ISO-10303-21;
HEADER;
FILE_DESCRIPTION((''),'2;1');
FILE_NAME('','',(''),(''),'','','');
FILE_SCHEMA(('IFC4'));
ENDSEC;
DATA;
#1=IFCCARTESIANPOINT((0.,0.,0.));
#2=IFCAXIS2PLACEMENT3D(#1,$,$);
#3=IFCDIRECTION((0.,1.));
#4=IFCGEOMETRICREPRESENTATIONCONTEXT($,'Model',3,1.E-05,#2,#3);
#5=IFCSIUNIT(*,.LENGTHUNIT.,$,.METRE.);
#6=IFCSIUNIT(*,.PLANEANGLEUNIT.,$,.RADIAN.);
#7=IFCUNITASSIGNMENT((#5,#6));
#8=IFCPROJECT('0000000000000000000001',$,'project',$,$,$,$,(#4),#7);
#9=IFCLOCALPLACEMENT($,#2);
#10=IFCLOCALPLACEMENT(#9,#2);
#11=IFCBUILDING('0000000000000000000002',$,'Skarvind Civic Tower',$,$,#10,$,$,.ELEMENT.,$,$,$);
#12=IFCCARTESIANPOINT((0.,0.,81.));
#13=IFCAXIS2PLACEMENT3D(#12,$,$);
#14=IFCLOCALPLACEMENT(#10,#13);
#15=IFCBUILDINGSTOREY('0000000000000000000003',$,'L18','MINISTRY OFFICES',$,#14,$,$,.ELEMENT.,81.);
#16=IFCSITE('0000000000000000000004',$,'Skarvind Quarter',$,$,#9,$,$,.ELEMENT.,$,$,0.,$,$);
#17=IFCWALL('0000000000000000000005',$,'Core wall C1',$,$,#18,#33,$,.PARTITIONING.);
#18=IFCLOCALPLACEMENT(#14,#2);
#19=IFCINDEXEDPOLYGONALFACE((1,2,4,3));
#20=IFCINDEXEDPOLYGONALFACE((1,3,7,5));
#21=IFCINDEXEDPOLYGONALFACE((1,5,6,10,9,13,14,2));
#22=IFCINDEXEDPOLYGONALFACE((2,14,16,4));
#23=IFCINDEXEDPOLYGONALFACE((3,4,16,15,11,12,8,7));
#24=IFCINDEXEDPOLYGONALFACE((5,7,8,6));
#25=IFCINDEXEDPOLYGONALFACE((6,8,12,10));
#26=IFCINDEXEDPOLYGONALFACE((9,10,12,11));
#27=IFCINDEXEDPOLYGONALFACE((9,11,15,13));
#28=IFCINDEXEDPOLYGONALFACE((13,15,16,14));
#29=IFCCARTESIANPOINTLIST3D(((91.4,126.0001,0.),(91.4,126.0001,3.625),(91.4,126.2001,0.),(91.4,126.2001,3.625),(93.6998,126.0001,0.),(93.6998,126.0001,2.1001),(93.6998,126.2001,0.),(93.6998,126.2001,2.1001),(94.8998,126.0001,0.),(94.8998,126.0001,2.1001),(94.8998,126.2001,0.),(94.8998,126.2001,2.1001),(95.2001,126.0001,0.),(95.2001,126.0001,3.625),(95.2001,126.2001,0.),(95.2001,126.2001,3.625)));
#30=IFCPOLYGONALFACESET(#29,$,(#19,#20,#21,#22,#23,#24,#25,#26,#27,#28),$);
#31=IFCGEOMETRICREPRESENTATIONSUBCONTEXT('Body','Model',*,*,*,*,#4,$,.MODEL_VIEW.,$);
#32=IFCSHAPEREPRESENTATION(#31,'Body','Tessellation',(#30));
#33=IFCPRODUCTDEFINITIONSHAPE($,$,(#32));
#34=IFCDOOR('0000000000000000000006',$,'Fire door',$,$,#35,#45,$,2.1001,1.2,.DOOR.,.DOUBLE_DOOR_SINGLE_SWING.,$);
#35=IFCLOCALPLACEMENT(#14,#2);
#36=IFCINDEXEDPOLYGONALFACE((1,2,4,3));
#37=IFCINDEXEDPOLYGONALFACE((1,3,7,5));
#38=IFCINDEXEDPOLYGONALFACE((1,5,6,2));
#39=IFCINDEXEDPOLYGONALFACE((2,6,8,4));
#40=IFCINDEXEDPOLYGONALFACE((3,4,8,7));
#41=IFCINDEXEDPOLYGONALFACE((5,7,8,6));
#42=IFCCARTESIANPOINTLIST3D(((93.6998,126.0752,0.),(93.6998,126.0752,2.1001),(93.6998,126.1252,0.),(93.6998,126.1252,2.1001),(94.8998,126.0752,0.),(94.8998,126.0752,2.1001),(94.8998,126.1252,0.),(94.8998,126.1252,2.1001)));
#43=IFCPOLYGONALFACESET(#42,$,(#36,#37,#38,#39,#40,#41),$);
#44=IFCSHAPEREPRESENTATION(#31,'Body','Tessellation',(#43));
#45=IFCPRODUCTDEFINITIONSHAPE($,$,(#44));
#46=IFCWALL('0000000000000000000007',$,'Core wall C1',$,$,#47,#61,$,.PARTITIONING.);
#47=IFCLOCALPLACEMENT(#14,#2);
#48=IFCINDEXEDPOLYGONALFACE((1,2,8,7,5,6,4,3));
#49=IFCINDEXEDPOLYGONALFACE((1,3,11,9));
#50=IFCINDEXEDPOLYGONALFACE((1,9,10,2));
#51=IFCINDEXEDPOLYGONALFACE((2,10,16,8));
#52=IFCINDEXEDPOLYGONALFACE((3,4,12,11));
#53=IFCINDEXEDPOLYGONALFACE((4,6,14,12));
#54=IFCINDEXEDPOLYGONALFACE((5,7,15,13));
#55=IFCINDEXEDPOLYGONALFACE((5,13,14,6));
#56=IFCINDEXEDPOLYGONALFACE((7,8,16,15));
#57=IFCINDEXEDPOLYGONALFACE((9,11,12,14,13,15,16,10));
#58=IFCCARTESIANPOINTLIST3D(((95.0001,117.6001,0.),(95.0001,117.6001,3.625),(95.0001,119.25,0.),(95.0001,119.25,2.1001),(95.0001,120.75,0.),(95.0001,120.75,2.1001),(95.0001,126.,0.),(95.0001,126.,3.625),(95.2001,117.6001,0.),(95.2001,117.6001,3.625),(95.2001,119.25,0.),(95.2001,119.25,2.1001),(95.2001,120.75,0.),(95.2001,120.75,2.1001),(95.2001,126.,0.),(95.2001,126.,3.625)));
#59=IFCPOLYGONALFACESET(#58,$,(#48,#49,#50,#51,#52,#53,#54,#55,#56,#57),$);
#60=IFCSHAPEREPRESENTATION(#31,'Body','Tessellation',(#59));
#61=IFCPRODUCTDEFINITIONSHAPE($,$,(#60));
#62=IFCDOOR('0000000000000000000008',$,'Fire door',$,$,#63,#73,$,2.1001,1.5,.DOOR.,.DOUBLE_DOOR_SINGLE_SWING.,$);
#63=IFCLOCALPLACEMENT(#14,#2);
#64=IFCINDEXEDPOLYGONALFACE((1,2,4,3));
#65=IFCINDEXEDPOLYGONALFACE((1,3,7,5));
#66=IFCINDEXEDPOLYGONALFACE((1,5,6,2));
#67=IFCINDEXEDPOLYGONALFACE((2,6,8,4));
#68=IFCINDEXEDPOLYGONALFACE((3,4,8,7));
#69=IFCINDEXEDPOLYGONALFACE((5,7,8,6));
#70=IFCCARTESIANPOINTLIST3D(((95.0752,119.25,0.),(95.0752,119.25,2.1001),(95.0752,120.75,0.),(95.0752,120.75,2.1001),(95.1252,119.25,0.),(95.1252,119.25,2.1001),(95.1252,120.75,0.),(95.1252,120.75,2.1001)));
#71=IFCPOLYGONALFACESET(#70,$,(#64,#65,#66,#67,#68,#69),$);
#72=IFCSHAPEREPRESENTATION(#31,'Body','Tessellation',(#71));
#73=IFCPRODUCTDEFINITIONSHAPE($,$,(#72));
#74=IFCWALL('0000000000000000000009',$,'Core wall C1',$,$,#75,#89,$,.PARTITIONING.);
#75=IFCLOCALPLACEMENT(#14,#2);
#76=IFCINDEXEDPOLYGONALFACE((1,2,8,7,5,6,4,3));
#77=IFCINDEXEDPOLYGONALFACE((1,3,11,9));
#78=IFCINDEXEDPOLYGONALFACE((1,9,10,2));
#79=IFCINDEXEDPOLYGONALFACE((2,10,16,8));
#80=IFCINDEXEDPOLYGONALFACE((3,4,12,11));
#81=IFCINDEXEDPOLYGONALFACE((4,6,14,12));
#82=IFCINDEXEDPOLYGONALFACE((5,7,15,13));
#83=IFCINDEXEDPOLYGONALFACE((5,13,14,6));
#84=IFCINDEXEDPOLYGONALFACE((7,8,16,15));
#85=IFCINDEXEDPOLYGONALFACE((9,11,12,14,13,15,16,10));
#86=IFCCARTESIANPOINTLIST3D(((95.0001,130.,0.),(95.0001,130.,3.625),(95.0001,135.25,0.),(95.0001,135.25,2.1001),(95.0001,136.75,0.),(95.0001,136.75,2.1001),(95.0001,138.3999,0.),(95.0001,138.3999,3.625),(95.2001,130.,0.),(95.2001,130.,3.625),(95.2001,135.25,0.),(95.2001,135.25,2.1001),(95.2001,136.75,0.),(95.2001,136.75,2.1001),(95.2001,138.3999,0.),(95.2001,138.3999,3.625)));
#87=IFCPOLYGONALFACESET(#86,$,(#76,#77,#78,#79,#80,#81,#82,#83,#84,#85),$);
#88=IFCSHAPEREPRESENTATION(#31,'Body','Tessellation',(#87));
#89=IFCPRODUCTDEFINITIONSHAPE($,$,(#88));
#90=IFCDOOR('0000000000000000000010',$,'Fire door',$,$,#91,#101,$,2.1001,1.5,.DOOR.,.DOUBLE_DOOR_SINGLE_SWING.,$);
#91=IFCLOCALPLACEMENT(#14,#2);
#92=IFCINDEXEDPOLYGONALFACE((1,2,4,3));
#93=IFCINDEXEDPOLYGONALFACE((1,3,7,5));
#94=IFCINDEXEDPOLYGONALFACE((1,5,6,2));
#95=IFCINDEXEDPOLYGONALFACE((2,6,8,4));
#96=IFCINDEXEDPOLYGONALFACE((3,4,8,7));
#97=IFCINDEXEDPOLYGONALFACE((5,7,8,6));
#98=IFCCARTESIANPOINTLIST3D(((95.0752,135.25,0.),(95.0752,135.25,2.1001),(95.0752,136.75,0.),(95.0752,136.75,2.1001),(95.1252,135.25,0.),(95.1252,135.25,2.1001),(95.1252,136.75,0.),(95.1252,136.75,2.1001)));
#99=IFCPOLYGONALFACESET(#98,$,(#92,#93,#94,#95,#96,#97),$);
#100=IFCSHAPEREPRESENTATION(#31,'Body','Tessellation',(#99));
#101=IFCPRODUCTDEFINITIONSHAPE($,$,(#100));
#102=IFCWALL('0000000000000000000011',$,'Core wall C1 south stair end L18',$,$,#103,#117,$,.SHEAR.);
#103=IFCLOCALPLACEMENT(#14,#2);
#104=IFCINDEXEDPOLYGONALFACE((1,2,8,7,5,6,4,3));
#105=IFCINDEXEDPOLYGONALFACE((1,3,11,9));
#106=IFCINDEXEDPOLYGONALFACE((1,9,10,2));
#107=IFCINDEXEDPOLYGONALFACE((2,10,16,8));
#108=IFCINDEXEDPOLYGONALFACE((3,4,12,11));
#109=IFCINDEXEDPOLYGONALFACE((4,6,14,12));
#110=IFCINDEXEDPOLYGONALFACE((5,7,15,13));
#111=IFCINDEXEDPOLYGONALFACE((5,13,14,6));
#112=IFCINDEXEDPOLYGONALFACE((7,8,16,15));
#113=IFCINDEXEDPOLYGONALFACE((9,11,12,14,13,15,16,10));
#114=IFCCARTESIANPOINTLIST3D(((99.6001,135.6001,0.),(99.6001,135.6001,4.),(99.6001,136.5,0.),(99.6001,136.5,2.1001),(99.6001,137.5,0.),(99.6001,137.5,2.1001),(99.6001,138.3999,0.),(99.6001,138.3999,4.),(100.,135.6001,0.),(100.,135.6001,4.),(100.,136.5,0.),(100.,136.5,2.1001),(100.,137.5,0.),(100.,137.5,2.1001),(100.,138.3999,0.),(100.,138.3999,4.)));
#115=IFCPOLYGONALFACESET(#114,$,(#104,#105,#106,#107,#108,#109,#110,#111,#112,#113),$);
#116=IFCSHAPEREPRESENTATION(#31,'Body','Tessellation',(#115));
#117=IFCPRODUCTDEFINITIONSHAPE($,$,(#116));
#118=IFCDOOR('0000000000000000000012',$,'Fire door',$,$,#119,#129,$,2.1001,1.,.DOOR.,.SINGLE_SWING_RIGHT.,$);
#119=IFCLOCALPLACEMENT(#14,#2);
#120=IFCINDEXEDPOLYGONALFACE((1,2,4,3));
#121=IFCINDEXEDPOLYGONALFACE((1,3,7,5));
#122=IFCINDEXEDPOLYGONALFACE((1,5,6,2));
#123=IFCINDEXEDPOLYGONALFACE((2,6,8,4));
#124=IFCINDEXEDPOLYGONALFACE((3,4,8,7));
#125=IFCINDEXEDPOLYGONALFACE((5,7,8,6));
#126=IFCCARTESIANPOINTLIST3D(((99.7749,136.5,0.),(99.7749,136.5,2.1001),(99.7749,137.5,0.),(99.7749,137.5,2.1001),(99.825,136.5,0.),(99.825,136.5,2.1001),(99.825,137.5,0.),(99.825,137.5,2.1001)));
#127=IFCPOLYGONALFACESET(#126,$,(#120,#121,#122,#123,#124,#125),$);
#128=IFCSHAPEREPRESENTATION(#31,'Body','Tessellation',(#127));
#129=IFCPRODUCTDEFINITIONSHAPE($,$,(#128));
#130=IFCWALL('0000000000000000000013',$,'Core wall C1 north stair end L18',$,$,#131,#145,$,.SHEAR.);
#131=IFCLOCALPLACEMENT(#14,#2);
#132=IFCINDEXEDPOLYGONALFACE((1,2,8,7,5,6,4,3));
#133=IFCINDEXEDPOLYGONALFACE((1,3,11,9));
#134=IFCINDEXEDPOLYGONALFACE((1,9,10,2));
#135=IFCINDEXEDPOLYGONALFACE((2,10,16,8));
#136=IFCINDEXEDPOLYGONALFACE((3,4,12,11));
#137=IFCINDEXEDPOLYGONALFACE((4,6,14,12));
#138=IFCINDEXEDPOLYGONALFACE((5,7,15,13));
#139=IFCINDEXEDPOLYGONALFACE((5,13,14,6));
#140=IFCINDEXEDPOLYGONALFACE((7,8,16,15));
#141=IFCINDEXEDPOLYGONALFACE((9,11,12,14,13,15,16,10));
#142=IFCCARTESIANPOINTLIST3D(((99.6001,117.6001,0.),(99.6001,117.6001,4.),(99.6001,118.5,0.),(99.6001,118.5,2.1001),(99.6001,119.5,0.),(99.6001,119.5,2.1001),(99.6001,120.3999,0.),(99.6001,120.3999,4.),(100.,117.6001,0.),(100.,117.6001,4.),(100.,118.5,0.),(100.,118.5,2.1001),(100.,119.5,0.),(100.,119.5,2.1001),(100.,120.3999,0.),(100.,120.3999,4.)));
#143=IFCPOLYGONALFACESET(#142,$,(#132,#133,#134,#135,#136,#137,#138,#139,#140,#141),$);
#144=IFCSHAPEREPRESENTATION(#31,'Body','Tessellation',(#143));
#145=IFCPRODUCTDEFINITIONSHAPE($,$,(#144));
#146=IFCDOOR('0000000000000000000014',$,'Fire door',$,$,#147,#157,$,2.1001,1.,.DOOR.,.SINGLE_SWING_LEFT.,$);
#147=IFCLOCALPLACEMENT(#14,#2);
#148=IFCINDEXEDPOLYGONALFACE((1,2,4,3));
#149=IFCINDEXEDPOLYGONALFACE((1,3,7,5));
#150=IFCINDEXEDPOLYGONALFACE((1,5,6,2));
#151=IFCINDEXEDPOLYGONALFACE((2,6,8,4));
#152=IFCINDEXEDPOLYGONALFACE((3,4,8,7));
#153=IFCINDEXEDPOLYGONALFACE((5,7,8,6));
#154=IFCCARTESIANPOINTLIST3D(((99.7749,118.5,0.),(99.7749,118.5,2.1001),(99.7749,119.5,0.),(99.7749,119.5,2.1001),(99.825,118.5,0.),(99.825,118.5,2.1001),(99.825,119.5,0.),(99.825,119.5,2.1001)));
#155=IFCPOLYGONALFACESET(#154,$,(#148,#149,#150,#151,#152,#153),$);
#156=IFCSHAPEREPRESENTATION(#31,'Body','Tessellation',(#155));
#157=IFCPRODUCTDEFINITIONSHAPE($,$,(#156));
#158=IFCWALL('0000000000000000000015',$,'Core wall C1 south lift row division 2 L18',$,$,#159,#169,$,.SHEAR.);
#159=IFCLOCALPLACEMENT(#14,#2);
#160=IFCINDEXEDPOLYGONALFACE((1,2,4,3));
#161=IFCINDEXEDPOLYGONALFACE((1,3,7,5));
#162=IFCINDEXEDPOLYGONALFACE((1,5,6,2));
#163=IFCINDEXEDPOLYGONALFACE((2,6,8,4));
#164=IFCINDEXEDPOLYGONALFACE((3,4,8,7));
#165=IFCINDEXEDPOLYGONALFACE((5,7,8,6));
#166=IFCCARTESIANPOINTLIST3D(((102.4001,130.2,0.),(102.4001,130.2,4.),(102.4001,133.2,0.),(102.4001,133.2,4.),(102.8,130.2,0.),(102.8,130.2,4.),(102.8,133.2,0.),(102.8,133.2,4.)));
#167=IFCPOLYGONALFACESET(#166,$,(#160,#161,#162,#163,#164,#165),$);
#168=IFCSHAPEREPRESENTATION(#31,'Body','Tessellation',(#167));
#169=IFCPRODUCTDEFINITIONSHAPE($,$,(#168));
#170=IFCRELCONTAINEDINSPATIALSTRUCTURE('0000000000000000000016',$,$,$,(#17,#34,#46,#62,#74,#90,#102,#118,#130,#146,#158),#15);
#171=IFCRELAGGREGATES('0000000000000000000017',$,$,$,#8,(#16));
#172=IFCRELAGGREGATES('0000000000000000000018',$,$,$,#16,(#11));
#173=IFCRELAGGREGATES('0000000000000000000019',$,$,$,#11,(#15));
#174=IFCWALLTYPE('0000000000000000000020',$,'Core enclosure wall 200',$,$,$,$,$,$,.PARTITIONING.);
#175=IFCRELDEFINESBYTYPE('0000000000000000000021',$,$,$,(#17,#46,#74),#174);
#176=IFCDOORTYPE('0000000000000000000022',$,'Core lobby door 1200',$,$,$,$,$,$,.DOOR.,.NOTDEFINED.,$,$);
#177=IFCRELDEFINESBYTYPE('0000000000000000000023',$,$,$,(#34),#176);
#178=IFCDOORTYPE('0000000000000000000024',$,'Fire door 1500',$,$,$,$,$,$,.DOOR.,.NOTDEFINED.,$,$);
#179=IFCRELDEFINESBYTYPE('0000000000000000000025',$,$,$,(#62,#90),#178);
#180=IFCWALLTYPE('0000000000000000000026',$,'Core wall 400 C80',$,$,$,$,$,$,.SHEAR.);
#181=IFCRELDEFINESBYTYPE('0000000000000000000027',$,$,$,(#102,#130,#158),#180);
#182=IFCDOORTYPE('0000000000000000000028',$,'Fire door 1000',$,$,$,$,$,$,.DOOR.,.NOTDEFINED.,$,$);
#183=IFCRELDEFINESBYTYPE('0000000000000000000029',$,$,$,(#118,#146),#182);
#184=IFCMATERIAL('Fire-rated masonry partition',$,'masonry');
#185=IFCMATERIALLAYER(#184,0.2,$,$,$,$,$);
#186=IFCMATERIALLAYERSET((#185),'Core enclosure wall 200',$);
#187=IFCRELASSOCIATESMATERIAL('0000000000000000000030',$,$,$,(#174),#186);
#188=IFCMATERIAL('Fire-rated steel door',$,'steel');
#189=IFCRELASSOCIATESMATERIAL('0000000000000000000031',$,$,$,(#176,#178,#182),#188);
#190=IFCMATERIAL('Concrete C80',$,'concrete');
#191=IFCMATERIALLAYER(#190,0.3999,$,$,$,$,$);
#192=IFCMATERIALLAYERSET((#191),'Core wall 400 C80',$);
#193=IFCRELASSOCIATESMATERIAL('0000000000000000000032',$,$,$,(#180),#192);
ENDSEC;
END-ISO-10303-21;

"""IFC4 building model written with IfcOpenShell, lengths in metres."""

from ifc_helpers import new_model, si_unit, direction, frame, frame_2d, origin, place, context, subcontext, project, spatial, rectangle, extrude, material, layer, layer_set, type_object, element, fill, save


model = new_model("IFC4")

# Units and contexts
model_context = context("Model", 3, precision=1e-05, world=origin(), true_north=direction((0.0, 1.0)))
body_context = subcontext(model_context, "Body", "Model", "MODEL_VIEW")
ifc_project = project(units=[si_unit("LENGTHUNIT", "METRE"), si_unit("PLANEANGLEUNIT", "RADIAN")], contexts=[model_context])

# Site, building, storey
site_placement = place(None, origin())
site = spatial("IfcSite", under=ifc_project, at=site_placement, Name="Skarvind Quarter", CompositionType="ELEMENT", RefElevation=0.0)
building_placement = place(site_placement, origin())
building = spatial("IfcBuilding", under=site, at=building_placement, Name="Skarvind Civic Tower", CompositionType="ELEMENT")
storey_placement = place(building_placement, frame((0.0, 0.0, 81.0)))
storey = spatial("IfcBuildingStorey", under=building, at=storey_placement, Name="L18", Description="MINISTRY OFFICES", CompositionType="ELEMENT", Elevation=81.0)

# Walls, openings, doors
ifc_material_1 = material(Name="Fire-rated masonry partition", Category="masonry")
ifc_layer_1 = layer(ifc_material_1, 0.2)
ifc_layer_set_1 = layer_set([ifc_layer_1], Name="Core enclosure wall 200")
wall_type_1 = type_object("IfcWallType", Name="Core enclosure wall 200", PredefinedType="PARTITIONING", material=ifc_layer_set_1)
wall_1_placement = place(storey_placement, frame((95.2, 126.1001, 0.0), z_axis=(0.0, 0.0, 1.0), x_axis=(-1.0, 0.0, 0.0)))
wall_1 = element("IfcWall", 1, at=wall_1_placement, inside=storey, type_object=wall_type_1, Name="Core wall C1", PredefinedType="PARTITIONING", context=body_context, shape_type="SweptSolid", body=[
    extrude(rectangle(XDim=3.8, YDim=0.2, at=frame_2d((1.8999, 0.0))), origin(), (0.0, 0.0, 1.0), 3.625),
])
opening_1_placement = place(wall_1_placement, frame((0.3, 0.0, 0.0)))
opening_1 = element("IfcOpeningElement", 2, at=opening_1_placement, cuts=wall_1, PredefinedType="OPENING", context=body_context, shape_type="SweptSolid", body=[
    extrude(rectangle(XDim=1.2, YDim=2.1001, at=frame_2d((0.6001, 1.05))), frame((0.0, 0.1099, 0.0), z_axis=(0.0, -1.0, 0.0), x_axis=(1.0, 0.0, 0.0)), (0.0, 0.0, 1.0), 0.22),
])
ifc_material_2 = material(Name="Fire-rated steel door", Category="steel")
door_type_1 = type_object("IfcDoorType", Name="Core lobby door 1200", OperationType="NOTDEFINED", PredefinedType="DOOR", material=ifc_material_2)
door_1_placement = place(opening_1_placement, origin())
door_1 = element("IfcDoor", 3, at=door_1_placement, inside=storey, type_object=door_type_1, Name="Fire door", OperationType="DOUBLE_DOOR_SINGLE_SWING", OverallHeight=2.1001, OverallWidth=1.2, PredefinedType="DOOR", context=body_context, shape_type="SweptSolid", body=[
    extrude(rectangle(XDim=1.2, YDim=2.1001, at=frame_2d((0.6001, 1.05))), frame((0.0, 0.0249, 0.0), z_axis=(0.0, -1.0, 0.0), x_axis=(1.0, 0.0, 0.0)), (0.0, 0.0, 1.0), 0.05),
])
fill(opening_1, door_1)
wall_2_placement = place(storey_placement, frame((95.1001, 117.6001, 0.0), z_axis=(0.0, 0.0, 1.0), x_axis=(0.0, 1.0, 0.0)))
wall_2 = element("IfcWall", 4, at=wall_2_placement, inside=storey, type_object=wall_type_1, Name="Core wall C1", PredefinedType="PARTITIONING", context=body_context, shape_type="SweptSolid", body=[
    extrude(rectangle(XDim=8.3999, YDim=0.2, at=frame_2d((4.2, 0.0))), origin(), (0.0, 0.0, 1.0), 3.625),
])
opening_2_placement = place(wall_2_placement, frame((1.6499, 0.0, 0.0)))
opening_2 = element("IfcOpeningElement", 5, at=opening_2_placement, cuts=wall_2, PredefinedType="OPENING", context=body_context, shape_type="SweptSolid", body=[
    extrude(rectangle(XDim=1.5, YDim=2.1001, at=frame_2d((0.75, 1.05))), frame((0.0, 0.1099, 0.0), z_axis=(0.0, -1.0, 0.0), x_axis=(1.0, 0.0, 0.0)), (0.0, 0.0, 1.0), 0.22),
])
door_type_2 = type_object("IfcDoorType", Name="Fire door 1500", OperationType="NOTDEFINED", PredefinedType="DOOR", material=ifc_material_2)
door_2_placement = place(opening_2_placement, origin())
door_2 = element("IfcDoor", 6, at=door_2_placement, inside=storey, type_object=door_type_2, Name="Fire door", OperationType="DOUBLE_DOOR_SINGLE_SWING", OverallHeight=2.1001, OverallWidth=1.5, PredefinedType="DOOR", context=body_context, shape_type="SweptSolid", body=[
    extrude(rectangle(XDim=1.5, YDim=2.1001, at=frame_2d((0.75, 1.05))), frame((0.0, 0.0249, 0.0), z_axis=(0.0, -1.0, 0.0), x_axis=(1.0, 0.0, 0.0)), (0.0, 0.0, 1.0), 0.05),
])
fill(opening_2, door_2)
wall_3_placement = place(storey_placement, frame((95.1001, 130.0, 0.0), z_axis=(0.0, 0.0, 1.0), x_axis=(0.0, 1.0, 0.0)))
wall_3 = element("IfcWall", 7, at=wall_3_placement, inside=storey, type_object=wall_type_1, Name="Core wall C1", PredefinedType="PARTITIONING", context=body_context, shape_type="SweptSolid", body=[
    extrude(rectangle(XDim=8.3999, YDim=0.2, at=frame_2d((4.2, 0.0))), origin(), (0.0, 0.0, 1.0), 3.625),
])
opening_3_placement = place(wall_3_placement, frame((5.25, 0.0, 0.0)))
opening_3 = element("IfcOpeningElement", 8, at=opening_3_placement, cuts=wall_3, PredefinedType="OPENING", context=body_context, shape_type="SweptSolid", body=[
    extrude(rectangle(XDim=1.5, YDim=2.1001, at=frame_2d((0.75, 1.05))), frame((0.0, 0.1099, 0.0), z_axis=(0.0, -1.0, 0.0), x_axis=(1.0, 0.0, 0.0)), (0.0, 0.0, 1.0), 0.22),
])
door_3_placement = place(opening_3_placement, origin())
door_3 = element("IfcDoor", 9, at=door_3_placement, inside=storey, type_object=door_type_2, Name="Fire door", OperationType="DOUBLE_DOOR_SINGLE_SWING", OverallHeight=2.1001, OverallWidth=1.5, PredefinedType="DOOR", context=body_context, shape_type="SweptSolid", body=[
    extrude(rectangle(XDim=1.5, YDim=2.1001, at=frame_2d((0.75, 1.05))), frame((0.0, 0.0249, 0.0), z_axis=(0.0, -1.0, 0.0), x_axis=(1.0, 0.0, 0.0)), (0.0, 0.0, 1.0), 0.05),
])
fill(opening_3, door_3)
ifc_material_3 = material(Name="Concrete C80", Category="concrete")
ifc_layer_2 = layer(ifc_material_3, 0.3999)
ifc_layer_set_2 = layer_set([ifc_layer_2], Name="Core wall 400 C80")
wall_type_2 = type_object("IfcWallType", Name="Core wall 400 C80", PredefinedType="SHEAR", material=ifc_layer_set_2)
wall_4_placement = place(storey_placement, frame((99.8, 138.3999, 0.0), z_axis=(0.0, 0.0, 1.0), x_axis=(0.0, -1.0, 0.0)))
wall_4 = element("IfcWall", 10, at=wall_4_placement, inside=storey, type_object=wall_type_2, Name="Core wall C1 south stair end L18", PredefinedType="SHEAR", context=body_context, shape_type="SweptSolid", body=[
    extrude(rectangle(XDim=2.7998, YDim=0.3999, at=frame_2d((1.3999, 0.0))), origin(), (0.0, 0.0, 1.0), 4.0),
])
opening_4_placement = place(wall_4_placement, frame((0.8999, 0.0, 0.0)))
opening_4 = element("IfcOpeningElement", 11, at=opening_4_placement, cuts=wall_4, PredefinedType="OPENING", context=body_context, shape_type="SweptSolid", body=[
    extrude(rectangle(XDim=1.0, YDim=2.1001, at=frame_2d((0.5, 1.05))), frame((0.0, 0.21, 0.0), z_axis=(0.0, -1.0, 0.0), x_axis=(1.0, 0.0, 0.0)), (0.0, 0.0, 1.0), 0.4199),
])
door_type_3 = type_object("IfcDoorType", Name="Fire door 1000", OperationType="NOTDEFINED", PredefinedType="DOOR", material=ifc_material_2)
door_4_placement = place(opening_4_placement, origin())
door_4 = element("IfcDoor", 12, at=door_4_placement, inside=storey, type_object=door_type_3, Name="Fire door", OperationType="SINGLE_SWING_RIGHT", OverallHeight=2.1001, OverallWidth=1.0, PredefinedType="DOOR", context=body_context, shape_type="SweptSolid", body=[
    extrude(rectangle(XDim=1.0, YDim=2.1001, at=frame_2d((0.5, 1.05))), frame((0.0, 0.0249, 0.0), z_axis=(0.0, -1.0, 0.0), x_axis=(1.0, 0.0, 0.0)), (0.0, 0.0, 1.0), 0.05),
])
fill(opening_4, door_4)
wall_5_placement = place(storey_placement, frame((99.8, 120.3999, 0.0), z_axis=(0.0, 0.0, 1.0), x_axis=(0.0, -1.0, 0.0)))
wall_5 = element("IfcWall", 13, at=wall_5_placement, inside=storey, type_object=wall_type_2, Name="Core wall C1 north stair end L18", PredefinedType="SHEAR", context=body_context, shape_type="SweptSolid", body=[
    extrude(rectangle(XDim=2.7998, YDim=0.3999, at=frame_2d((1.3999, 0.0))), origin(), (0.0, 0.0, 1.0), 4.0),
])
opening_5_placement = place(wall_5_placement, frame((0.8999, 0.0, 0.0)))
opening_5 = element("IfcOpeningElement", 14, at=opening_5_placement, cuts=wall_5, PredefinedType="OPENING", context=body_context, shape_type="SweptSolid", body=[
    extrude(rectangle(XDim=1.0, YDim=2.1001, at=frame_2d((0.5, 1.05))), frame((0.0, 0.21, 0.0), z_axis=(0.0, -1.0, 0.0), x_axis=(1.0, 0.0, 0.0)), (0.0, 0.0, 1.0), 0.4199),
])
door_5_placement = place(opening_5_placement, origin())
door_5 = element("IfcDoor", 15, at=door_5_placement, inside=storey, type_object=door_type_3, Name="Fire door", OperationType="SINGLE_SWING_LEFT", OverallHeight=2.1001, OverallWidth=1.0, PredefinedType="DOOR", context=body_context, shape_type="SweptSolid", body=[
    extrude(rectangle(XDim=1.0, YDim=2.1001, at=frame_2d((0.5, 1.05))), frame((0.0, 0.0249, 0.0), z_axis=(0.0, -1.0, 0.0), x_axis=(1.0, 0.0, 0.0)), (0.0, 0.0, 1.0), 0.05),
])
fill(opening_5, door_5)

# Wall
for number, where, z_axis, x_axis, name in (
    (16, (102.6001, 133.2, 0.0), (0.0, 0.0, 1.0), (0.0, -1.0, 0.0), "Core wall C1 south lift row division 2 L18"),
):
    element("IfcWall", number, at=place(storey_placement, frame(where, z_axis=z_axis, x_axis=x_axis)), inside=storey, type_object=wall_type_2, Name=name, PredefinedType="SHEAR", context=body_context, shape_type="SweptSolid", body=[
        extrude(rectangle(XDim=3.0, YDim=0.3999, at=frame_2d((1.5, 0.0))), origin(), (0.0, 0.0, 1.0), 4.0),
    ])

save(model, "model.ifc")
